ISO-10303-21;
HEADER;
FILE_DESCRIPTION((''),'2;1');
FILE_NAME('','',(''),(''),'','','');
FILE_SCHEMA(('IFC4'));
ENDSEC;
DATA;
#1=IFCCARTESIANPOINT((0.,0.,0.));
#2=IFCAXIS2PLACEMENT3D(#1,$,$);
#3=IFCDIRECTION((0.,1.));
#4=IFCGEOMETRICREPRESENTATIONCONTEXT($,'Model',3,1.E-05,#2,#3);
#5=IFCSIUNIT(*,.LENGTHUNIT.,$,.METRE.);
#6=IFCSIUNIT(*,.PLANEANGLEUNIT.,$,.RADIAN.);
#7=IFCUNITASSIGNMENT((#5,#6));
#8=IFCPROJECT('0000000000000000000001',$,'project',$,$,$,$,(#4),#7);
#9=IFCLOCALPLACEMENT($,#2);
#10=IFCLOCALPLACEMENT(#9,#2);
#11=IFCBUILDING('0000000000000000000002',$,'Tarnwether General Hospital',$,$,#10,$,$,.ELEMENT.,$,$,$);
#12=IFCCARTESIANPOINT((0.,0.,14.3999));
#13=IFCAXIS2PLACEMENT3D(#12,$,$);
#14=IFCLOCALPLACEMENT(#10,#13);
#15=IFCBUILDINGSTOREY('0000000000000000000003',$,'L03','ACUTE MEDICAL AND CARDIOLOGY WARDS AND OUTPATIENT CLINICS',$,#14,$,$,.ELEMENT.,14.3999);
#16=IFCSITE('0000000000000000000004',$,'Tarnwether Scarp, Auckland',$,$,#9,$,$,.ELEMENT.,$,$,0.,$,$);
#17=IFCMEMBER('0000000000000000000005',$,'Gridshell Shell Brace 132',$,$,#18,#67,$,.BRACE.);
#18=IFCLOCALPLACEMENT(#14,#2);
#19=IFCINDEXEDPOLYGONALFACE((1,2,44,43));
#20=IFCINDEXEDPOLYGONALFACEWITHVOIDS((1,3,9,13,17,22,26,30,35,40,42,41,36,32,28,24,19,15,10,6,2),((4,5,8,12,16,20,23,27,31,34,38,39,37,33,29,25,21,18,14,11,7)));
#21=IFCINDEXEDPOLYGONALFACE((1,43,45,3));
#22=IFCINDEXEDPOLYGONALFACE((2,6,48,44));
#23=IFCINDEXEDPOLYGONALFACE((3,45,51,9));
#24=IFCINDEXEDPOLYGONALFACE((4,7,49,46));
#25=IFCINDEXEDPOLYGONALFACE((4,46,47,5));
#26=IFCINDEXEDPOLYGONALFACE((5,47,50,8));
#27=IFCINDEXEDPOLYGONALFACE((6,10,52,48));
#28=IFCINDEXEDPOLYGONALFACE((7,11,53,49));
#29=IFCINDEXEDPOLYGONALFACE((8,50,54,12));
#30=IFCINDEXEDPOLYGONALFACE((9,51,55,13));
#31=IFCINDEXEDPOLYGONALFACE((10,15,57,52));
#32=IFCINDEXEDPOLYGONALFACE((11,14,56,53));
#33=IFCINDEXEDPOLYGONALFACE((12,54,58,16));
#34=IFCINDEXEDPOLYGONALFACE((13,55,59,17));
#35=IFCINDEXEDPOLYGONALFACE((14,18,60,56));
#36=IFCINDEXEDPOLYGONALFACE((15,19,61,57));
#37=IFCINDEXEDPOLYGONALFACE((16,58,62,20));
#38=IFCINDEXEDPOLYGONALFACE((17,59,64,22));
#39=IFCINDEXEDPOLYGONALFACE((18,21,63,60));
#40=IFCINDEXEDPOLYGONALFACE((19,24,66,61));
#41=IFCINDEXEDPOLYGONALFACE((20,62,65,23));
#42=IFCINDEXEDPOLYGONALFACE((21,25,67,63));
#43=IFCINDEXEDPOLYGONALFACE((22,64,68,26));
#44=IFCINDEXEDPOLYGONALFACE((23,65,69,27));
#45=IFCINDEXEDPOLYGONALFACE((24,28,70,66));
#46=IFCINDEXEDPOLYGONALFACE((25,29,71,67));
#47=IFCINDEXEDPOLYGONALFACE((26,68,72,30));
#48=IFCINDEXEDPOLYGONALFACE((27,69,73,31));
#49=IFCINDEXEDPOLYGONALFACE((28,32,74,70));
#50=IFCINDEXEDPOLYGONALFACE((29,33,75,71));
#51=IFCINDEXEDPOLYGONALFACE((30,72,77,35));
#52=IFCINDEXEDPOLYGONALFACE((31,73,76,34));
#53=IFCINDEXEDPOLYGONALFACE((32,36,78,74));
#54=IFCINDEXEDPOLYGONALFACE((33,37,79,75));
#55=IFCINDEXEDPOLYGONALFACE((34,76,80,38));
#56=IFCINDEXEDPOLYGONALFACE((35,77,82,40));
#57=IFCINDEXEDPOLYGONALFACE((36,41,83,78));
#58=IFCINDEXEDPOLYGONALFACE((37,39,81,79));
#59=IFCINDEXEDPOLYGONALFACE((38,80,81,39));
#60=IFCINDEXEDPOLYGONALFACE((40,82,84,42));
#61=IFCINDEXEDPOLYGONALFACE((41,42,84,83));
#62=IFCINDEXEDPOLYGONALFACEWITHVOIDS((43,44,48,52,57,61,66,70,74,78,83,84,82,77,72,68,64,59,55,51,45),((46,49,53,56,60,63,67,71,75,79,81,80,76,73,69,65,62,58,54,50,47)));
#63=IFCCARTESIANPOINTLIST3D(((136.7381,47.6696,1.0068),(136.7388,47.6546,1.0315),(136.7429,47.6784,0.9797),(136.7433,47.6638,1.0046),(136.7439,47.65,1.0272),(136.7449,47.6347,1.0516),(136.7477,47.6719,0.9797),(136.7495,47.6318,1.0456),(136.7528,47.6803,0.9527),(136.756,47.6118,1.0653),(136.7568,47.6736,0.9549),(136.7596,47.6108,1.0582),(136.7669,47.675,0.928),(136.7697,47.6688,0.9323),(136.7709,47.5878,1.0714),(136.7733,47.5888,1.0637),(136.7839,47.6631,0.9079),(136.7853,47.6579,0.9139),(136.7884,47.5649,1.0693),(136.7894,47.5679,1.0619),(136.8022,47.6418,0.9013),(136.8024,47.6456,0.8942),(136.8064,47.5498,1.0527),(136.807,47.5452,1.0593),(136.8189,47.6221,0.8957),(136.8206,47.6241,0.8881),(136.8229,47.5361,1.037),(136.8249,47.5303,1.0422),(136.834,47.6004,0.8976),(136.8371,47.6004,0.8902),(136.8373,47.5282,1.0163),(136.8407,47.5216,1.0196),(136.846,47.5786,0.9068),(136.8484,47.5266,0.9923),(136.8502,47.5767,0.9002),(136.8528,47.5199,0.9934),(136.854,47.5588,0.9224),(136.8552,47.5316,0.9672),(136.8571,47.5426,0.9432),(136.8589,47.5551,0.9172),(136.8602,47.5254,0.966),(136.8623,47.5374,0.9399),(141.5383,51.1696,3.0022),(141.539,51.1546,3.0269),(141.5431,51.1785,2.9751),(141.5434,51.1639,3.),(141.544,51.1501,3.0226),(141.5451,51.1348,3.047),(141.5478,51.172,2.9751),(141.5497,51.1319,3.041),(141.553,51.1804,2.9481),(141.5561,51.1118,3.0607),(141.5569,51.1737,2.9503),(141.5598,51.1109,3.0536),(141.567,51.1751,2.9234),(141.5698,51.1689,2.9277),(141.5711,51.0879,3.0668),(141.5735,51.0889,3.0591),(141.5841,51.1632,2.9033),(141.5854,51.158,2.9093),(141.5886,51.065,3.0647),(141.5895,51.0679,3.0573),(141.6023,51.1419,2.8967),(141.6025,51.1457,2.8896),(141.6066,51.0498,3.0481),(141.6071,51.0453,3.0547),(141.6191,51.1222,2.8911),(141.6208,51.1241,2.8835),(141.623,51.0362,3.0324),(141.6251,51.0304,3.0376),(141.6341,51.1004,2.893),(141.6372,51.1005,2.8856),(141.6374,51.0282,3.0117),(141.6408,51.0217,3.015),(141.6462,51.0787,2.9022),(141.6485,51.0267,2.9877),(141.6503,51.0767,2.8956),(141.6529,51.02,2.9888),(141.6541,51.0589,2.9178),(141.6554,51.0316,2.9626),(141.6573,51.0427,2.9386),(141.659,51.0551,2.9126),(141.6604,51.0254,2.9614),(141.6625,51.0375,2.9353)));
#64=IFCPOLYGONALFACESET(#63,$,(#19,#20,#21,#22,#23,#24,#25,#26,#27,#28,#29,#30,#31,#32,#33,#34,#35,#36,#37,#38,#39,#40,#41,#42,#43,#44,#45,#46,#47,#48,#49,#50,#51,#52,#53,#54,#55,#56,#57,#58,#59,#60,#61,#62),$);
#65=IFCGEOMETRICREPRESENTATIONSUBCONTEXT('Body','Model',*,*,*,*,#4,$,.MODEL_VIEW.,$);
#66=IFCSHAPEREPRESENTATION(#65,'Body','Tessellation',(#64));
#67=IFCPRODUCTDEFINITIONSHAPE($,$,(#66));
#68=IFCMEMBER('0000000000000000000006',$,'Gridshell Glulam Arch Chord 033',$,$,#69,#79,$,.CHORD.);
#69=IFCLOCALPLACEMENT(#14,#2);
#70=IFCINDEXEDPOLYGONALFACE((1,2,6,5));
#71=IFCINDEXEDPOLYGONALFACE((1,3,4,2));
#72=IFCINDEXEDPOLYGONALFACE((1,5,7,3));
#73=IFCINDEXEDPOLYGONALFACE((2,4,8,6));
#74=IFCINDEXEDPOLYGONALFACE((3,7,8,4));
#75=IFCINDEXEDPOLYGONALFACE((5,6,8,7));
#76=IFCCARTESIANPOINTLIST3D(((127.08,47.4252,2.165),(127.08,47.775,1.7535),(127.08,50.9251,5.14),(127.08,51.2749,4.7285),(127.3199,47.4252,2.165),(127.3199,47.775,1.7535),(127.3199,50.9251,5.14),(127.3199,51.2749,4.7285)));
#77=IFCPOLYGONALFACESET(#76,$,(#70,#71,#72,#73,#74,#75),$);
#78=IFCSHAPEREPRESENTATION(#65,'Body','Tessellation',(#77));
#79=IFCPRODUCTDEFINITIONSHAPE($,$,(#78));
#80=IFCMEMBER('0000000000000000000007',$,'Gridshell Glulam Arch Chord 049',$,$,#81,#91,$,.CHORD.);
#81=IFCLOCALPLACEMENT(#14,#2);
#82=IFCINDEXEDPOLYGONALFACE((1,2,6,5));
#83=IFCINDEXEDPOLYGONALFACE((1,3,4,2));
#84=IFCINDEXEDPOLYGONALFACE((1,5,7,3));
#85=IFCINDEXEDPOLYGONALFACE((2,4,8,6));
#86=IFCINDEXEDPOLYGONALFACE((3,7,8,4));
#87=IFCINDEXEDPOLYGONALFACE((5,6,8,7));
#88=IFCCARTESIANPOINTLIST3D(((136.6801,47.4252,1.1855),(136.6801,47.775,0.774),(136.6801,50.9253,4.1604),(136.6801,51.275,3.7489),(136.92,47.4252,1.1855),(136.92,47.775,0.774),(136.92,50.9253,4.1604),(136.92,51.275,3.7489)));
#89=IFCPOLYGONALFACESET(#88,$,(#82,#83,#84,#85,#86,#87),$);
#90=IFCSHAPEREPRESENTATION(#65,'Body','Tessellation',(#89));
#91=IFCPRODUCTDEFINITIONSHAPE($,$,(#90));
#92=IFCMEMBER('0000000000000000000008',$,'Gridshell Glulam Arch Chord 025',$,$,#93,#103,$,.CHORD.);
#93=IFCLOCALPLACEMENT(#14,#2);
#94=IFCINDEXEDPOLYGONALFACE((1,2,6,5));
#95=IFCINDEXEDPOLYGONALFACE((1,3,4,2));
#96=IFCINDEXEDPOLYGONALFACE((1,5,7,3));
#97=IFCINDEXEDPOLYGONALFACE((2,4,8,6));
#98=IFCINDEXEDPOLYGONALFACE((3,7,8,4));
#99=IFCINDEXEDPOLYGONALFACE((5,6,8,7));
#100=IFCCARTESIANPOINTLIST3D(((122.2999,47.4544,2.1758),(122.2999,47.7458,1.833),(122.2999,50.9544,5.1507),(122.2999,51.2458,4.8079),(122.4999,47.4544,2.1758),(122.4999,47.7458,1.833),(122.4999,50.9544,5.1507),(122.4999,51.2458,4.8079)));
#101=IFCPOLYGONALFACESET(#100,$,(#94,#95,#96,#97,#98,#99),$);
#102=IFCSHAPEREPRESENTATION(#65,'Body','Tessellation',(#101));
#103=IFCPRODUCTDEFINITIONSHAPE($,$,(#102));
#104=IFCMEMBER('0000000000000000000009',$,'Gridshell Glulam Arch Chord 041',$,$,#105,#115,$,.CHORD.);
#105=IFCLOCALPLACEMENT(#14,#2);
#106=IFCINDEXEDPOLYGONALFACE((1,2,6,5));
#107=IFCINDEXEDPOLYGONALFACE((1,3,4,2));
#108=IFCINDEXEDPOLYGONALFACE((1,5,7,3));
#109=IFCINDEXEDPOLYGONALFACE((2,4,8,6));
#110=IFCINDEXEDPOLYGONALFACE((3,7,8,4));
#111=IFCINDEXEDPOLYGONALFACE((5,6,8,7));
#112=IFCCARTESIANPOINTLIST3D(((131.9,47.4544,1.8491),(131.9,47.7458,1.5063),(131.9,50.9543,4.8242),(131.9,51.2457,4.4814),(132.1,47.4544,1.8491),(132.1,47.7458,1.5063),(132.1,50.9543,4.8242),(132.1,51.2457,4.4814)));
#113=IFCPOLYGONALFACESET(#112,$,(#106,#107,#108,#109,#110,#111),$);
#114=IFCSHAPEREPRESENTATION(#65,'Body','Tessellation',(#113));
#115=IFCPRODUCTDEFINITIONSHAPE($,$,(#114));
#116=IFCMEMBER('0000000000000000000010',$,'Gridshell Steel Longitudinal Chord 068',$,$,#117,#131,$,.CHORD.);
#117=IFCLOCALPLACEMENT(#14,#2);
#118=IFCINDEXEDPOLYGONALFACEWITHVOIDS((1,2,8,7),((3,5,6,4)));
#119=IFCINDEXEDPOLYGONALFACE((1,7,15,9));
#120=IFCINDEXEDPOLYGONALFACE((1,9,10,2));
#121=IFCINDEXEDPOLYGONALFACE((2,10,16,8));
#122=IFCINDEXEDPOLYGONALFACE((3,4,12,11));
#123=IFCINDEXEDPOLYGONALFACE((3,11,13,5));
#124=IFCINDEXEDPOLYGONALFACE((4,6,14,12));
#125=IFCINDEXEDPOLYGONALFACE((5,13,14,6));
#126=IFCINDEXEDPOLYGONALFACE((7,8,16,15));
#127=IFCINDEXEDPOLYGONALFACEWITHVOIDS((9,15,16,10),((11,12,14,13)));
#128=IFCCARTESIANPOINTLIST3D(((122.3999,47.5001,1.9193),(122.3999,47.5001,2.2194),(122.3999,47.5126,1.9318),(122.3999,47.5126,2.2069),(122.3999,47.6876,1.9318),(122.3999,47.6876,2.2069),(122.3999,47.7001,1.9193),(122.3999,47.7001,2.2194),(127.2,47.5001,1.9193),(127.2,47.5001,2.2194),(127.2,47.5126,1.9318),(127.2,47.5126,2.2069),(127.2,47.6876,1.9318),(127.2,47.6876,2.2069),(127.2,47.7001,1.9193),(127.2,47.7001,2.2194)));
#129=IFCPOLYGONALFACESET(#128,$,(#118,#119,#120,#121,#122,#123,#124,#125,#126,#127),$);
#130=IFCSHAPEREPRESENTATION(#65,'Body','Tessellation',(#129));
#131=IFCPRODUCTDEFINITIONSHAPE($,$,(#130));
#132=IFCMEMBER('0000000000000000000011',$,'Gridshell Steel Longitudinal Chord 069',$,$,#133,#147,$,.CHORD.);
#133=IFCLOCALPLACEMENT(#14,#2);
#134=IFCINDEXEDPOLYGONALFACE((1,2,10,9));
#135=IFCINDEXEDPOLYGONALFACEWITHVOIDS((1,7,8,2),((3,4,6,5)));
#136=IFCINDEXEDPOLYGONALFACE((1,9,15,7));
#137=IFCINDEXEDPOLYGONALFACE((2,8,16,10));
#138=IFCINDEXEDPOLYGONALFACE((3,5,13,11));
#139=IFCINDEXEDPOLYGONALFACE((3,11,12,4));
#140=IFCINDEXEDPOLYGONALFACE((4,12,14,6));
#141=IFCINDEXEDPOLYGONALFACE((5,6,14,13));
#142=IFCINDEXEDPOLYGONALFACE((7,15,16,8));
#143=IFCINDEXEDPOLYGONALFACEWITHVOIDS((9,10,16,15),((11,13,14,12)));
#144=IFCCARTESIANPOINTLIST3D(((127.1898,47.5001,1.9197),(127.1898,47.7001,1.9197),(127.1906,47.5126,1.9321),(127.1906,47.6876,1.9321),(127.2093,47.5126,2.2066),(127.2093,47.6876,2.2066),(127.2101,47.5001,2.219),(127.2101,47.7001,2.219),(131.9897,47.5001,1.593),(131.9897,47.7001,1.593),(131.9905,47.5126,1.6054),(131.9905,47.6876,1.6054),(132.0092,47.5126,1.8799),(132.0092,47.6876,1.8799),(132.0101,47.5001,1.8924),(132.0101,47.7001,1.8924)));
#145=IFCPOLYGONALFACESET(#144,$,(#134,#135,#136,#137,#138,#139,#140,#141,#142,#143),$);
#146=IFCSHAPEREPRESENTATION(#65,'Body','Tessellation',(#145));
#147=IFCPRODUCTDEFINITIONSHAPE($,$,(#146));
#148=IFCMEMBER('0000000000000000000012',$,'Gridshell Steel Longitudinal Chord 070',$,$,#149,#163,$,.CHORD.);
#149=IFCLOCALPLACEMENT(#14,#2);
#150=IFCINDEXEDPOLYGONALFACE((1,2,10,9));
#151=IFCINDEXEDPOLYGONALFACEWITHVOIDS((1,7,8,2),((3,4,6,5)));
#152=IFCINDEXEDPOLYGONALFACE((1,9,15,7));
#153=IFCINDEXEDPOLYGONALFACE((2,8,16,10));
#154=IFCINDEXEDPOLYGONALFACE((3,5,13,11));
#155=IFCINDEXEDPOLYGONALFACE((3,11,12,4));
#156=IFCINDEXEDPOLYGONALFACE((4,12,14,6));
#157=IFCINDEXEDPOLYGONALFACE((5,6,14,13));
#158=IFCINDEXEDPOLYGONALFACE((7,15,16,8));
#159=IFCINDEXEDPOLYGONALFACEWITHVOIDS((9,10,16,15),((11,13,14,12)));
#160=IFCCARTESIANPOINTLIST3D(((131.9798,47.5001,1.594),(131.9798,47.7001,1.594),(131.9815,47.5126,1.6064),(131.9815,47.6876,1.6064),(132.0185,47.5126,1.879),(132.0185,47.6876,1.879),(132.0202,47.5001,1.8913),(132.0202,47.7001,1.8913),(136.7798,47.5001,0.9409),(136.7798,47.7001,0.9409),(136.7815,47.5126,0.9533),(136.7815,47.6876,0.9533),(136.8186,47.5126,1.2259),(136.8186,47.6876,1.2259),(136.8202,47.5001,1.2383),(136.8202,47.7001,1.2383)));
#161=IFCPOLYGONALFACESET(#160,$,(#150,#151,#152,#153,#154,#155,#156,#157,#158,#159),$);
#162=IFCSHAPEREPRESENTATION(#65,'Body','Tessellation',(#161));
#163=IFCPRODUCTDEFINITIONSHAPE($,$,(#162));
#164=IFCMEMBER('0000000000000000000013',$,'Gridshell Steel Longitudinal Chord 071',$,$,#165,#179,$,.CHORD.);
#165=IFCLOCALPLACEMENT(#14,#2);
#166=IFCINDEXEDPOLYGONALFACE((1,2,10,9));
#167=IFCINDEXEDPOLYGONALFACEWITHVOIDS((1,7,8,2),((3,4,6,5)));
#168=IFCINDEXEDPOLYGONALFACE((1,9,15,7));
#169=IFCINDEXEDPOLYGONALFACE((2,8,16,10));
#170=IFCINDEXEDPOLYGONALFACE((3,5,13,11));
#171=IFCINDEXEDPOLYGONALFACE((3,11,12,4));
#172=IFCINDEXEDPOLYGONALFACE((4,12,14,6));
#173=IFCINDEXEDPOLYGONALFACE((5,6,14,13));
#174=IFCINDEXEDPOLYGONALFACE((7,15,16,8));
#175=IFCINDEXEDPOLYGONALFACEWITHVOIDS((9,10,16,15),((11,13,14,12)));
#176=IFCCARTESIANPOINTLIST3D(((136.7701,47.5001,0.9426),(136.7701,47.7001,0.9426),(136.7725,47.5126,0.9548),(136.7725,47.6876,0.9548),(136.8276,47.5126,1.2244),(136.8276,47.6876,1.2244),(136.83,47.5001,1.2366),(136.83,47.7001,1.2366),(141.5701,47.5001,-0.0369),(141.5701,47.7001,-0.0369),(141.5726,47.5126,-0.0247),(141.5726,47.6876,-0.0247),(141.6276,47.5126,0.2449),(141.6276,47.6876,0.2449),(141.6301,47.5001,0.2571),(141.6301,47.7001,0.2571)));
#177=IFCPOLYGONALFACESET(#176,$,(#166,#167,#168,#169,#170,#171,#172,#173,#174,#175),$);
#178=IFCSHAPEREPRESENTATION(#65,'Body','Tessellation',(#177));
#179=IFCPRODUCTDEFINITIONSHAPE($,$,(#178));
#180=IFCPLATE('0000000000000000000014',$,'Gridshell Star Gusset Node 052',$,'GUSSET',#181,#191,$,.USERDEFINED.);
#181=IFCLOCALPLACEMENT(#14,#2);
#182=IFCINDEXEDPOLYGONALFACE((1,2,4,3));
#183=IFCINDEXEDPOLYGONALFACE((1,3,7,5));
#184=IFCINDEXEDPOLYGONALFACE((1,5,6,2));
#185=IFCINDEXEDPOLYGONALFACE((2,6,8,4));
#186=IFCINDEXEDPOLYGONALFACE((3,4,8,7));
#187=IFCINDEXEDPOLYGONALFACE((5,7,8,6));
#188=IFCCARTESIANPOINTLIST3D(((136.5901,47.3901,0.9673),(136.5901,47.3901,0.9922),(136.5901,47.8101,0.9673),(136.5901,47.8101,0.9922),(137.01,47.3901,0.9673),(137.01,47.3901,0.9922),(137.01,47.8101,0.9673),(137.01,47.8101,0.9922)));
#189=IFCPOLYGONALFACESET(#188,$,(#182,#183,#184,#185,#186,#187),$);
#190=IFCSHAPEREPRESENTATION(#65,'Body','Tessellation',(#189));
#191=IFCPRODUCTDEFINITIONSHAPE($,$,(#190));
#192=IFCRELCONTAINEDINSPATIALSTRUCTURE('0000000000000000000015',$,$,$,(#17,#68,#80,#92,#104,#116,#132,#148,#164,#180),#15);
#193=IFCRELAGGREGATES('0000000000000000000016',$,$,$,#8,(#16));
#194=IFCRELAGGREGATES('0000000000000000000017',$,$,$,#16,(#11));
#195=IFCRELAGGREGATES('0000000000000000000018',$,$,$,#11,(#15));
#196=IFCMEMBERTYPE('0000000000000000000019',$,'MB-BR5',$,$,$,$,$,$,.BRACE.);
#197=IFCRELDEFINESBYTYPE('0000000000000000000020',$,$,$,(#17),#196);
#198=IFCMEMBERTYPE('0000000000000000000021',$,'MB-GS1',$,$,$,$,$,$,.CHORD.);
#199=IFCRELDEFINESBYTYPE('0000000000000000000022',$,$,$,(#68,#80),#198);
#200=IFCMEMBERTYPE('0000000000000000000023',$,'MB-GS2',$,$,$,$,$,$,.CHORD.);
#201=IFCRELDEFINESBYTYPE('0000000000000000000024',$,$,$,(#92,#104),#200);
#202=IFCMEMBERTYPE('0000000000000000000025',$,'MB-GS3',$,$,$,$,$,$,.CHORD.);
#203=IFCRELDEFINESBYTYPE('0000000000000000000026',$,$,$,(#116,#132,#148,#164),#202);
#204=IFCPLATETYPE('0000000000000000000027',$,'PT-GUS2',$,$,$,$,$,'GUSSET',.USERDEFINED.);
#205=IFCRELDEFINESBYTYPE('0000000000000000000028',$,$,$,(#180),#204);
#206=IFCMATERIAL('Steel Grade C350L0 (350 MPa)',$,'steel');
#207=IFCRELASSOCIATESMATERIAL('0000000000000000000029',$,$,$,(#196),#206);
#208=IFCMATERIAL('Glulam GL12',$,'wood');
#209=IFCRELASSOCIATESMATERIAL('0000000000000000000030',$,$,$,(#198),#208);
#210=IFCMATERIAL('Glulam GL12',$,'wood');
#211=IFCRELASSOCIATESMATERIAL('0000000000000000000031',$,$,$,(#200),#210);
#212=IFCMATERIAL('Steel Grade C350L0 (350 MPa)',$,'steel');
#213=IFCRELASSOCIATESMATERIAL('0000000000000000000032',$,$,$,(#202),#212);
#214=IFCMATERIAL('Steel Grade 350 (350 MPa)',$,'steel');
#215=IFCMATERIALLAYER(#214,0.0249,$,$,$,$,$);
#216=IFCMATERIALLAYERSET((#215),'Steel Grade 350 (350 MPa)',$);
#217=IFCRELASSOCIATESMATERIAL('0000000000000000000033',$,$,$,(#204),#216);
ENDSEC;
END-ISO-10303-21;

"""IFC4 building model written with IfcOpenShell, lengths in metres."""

from ifc_helpers import new_model, si_unit, direction, frame, origin, origin_2d, place, context, subcontext, project, spatial, rectangle, hollow_rectangle, hollow_circle, extrude, material, layer, layer_set, material_profile, profile_set, type_object, element, save


model = new_model("IFC4")

# Units and contexts
model_context = context("Model", 3, precision=1e-05, world=origin(), true_north=direction((0.0, 1.0)))
body_context = subcontext(model_context, "Body", "Model", "MODEL_VIEW")
ifc_project = project(units=[si_unit("LENGTHUNIT", "METRE"), si_unit("PLANEANGLEUNIT", "RADIAN")], contexts=[model_context])

# Site, building, storey
site_placement = place(None, origin())
site = spatial("IfcSite", under=ifc_project, at=site_placement, Name="Tarnwether Scarp, Auckland", CompositionType="ELEMENT", RefElevation=0.0)
building_placement = place(site_placement, origin())
building = spatial("IfcBuilding", under=site, at=building_placement, Name="Tarnwether General Hospital", CompositionType="ELEMENT")
storey_placement = place(building_placement, frame((0.0, 0.0, 14.3999)))
storey = spatial("IfcBuildingStorey", under=building, at=storey_placement, Name="L03", Description="ACUTE MEDICAL AND CARDIOLOGY WARDS AND OUTPATIENT CLINICS", CompositionType="ELEMENT", Elevation=14.3999)

# Members
ifc_material_1 = material(Name="Steel Grade C350L0 (350 MPa)", Category="steel")
ifc_material_profile_1 = material_profile(ifc_material_1, hollow_circle(Radius=0.0969, WallThickness=0.0081, at=origin_2d()), Name="CHS193.7x8.0")
ifc_profile_set_1 = profile_set([ifc_material_profile_1], Name="Steel Grade C350L0 (350 MPa)")
member_type_1 = type_object("IfcMemberType", Name="MB-BR5", PredefinedType="BRACE", material=ifc_profile_set_1)
member_1_placement = place(storey_placement, frame((136.8, 47.6001, 0.9797), z_axis=(0.765957, 0.558505, 0.318405), x_axis=(-0.589168, 0.80801, 0.0)))
element("IfcMember", 1, at=member_1_placement, inside=storey, type_object=member_type_1, Name="Gridshell Shell Brace 132", PredefinedType="BRACE", context=body_context, shape_type="SweptSolid", body=[
    extrude(hollow_circle(Radius=0.0969, WallThickness=0.0081, at=origin_2d()), origin(), (0.0, 0.0, 1.0), 6.2668),
])
ifc_material_2 = material(Name="Glulam GL12", Category="wood")
ifc_material_profile_2 = material_profile(ifc_material_2, rectangle(XDim=0.24, YDim=0.54, at=origin_2d()), Name="GL12-240x540")
ifc_profile_set_2 = profile_set([ifc_material_profile_2], Name="Glulam GL12")
member_type_2 = type_object("IfcMemberType", Name="MB-GS1", PredefinedType="CHORD", material=ifc_profile_set_2)
for number, where, z_axis, x_axis, name in (
    (2, (127.2, 47.6001, 1.9592), (0.0, 0.761929, 0.647661), (-1.0, 0.0, 0.0), "Gridshell Glulam Arch Chord 033"),
    (3, (136.8, 47.6001, 0.9797), (0.0, 0.761955, 0.64763), (-1.0, 0.0, 0.0), "Gridshell Glulam Arch Chord 049"),
):
    element("IfcMember", number, at=place(storey_placement, frame(where, z_axis=z_axis, x_axis=x_axis)), inside=storey, type_object=member_type_2, Name=name, PredefinedType="CHORD", context=body_context, shape_type="SweptSolid", body=[
        extrude(rectangle(XDim=0.24, YDim=0.54, at=origin_2d()), origin(), (0.0, 0.0, 1.0), 4.5935),
    ])
ifc_material_3 = material(Name="Glulam GL12", Category="wood")
ifc_material_profile_3 = material_profile(ifc_material_3, rectangle(XDim=0.2, YDim=0.45, at=origin_2d()), Name="GL12-200x450")
ifc_profile_set_3 = profile_set([ifc_material_profile_3], Name="Glulam GL12")
member_type_3 = type_object("IfcMemberType", Name="MB-GS2", PredefinedType="CHORD", material=ifc_profile_set_3)
for number, where, z_axis, x_axis, name in (
    (4, (122.3999, 47.6001, 2.0044), (0.0, 0.761955, 0.64763), (-1.0, 0.0, 0.0), "Gridshell Glulam Arch Chord 025"),
    (5, (132.0, 47.6001, 1.6777), (0.0, 0.761929, 0.647661), (-1.0, 0.0, 0.0), "Gridshell Glulam Arch Chord 041"),
):
    element("IfcMember", number, at=place(storey_placement, frame(where, z_axis=z_axis, x_axis=x_axis)), inside=storey, type_object=member_type_3, Name=name, PredefinedType="CHORD", context=body_context, shape_type="SweptSolid", body=[
        extrude(rectangle(XDim=0.2, YDim=0.45, at=origin_2d()), origin(), (0.0, 0.0, 1.0), 4.5935),
    ])
ifc_material_4 = material(Name="Steel Grade C350L0 (350 MPa)", Category="steel")
ifc_material_profile_4 = material_profile(ifc_material_4, hollow_rectangle(XDim=0.2, YDim=0.3, WallThickness=0.0125, at=origin_2d()), Name="RHS300x200x12.5")
ifc_profile_set_4 = profile_set([ifc_material_profile_4], Name="Steel Grade C350L0 (350 MPa)")
member_type_4 = type_object("IfcMemberType", Name="MB-GS3", PredefinedType="CHORD", material=ifc_profile_set_4)
member_2_placement = place(storey_placement, frame((122.3999, 47.6001, 2.0693), z_axis=(1.0, 0.0, 0.0), x_axis=(0.0, 1.0, 0.0)))
element("IfcMember", 6, at=member_2_placement, inside=storey, type_object=member_type_4, Name="Gridshell Steel Longitudinal Chord 068", PredefinedType="CHORD", context=body_context, shape_type="SweptSolid", body=[
    extrude(hollow_rectangle(XDim=0.2, YDim=0.3, WallThickness=0.0125, at=origin_2d()), origin(), (0.0, 0.0, 1.0), 4.8),
])
member_3_placement = place(storey_placement, frame((127.2, 47.6001, 2.0693), z_axis=(0.997692, 0.0, -0.067896), x_axis=(0.0, 1.0, 0.0)))
element("IfcMember", 7, at=member_3_placement, inside=storey, type_object=member_type_4, Name="Gridshell Steel Longitudinal Chord 069", PredefinedType="CHORD", context=body_context, shape_type="SweptSolid", body=[
    extrude(hollow_rectangle(XDim=0.2, YDim=0.3, WallThickness=0.0125, at=origin_2d()), origin(), (0.0, 0.0, 1.0), 4.811),
])
member_4_placement = place(storey_placement, frame((132.0, 47.6001, 1.7427), z_axis=(0.990871, 0.0, -0.134814), x_axis=(0.0, 1.0, 0.0)))
element("IfcMember", 8, at=member_4_placement, inside=storey, type_object=member_type_4, Name="Gridshell Steel Longitudinal Chord 070", PredefinedType="CHORD", context=body_context, shape_type="SweptSolid", body=[
    extrude(hollow_rectangle(XDim=0.2, YDim=0.3, WallThickness=0.0125, at=origin_2d()), origin(), (0.0, 0.0, 1.0), 4.8442),
])
member_5_placement = place(storey_placement, frame((136.8, 47.6001, 1.0896), z_axis=(0.979808, 0.0, -0.199939), x_axis=(0.0, 1.0, 0.0)))
element("IfcMember", 9, at=member_5_placement, inside=storey, type_object=member_type_4, Name="Gridshell Steel Longitudinal Chord 071", PredefinedType="CHORD", context=body_context, shape_type="SweptSolid", body=[
    extrude(hollow_rectangle(XDim=0.2, YDim=0.3, WallThickness=0.0125, at=origin_2d()), origin(), (0.0, 0.0, 1.0), 4.8989),
])

# Plate
ifc_material_5 = material(Name="Steel Grade 350 (350 MPa)", Category="steel")
ifc_layer_1 = layer(ifc_material_5, 0.0249)
ifc_layer_set_1 = layer_set([ifc_layer_1], Name="Steel Grade 350 (350 MPa)")
plate_type = type_object("IfcPlateType", Name="PT-GUS2", ElementType="GUSSET", PredefinedType="USERDEFINED", material=ifc_layer_set_1)
plate_placement = place(storey_placement, frame((136.8, 47.6001, 0.9673), z_axis=(0.0, 0.0, 1.0), x_axis=(1.0, 0.0, 0.0)))
element("IfcPlate", 10, at=plate_placement, inside=storey, type_object=plate_type, Name="Gridshell Star Gusset Node 052", ObjectType="GUSSET", PredefinedType="USERDEFINED", context=body_context, shape_type="SweptSolid", body=[
    extrude(rectangle(XDim=0.4199, YDim=0.4199, at=origin_2d()), origin(), (0.0, 0.0, 1.0), 0.0249),
])

save(model, "model.ifc")
